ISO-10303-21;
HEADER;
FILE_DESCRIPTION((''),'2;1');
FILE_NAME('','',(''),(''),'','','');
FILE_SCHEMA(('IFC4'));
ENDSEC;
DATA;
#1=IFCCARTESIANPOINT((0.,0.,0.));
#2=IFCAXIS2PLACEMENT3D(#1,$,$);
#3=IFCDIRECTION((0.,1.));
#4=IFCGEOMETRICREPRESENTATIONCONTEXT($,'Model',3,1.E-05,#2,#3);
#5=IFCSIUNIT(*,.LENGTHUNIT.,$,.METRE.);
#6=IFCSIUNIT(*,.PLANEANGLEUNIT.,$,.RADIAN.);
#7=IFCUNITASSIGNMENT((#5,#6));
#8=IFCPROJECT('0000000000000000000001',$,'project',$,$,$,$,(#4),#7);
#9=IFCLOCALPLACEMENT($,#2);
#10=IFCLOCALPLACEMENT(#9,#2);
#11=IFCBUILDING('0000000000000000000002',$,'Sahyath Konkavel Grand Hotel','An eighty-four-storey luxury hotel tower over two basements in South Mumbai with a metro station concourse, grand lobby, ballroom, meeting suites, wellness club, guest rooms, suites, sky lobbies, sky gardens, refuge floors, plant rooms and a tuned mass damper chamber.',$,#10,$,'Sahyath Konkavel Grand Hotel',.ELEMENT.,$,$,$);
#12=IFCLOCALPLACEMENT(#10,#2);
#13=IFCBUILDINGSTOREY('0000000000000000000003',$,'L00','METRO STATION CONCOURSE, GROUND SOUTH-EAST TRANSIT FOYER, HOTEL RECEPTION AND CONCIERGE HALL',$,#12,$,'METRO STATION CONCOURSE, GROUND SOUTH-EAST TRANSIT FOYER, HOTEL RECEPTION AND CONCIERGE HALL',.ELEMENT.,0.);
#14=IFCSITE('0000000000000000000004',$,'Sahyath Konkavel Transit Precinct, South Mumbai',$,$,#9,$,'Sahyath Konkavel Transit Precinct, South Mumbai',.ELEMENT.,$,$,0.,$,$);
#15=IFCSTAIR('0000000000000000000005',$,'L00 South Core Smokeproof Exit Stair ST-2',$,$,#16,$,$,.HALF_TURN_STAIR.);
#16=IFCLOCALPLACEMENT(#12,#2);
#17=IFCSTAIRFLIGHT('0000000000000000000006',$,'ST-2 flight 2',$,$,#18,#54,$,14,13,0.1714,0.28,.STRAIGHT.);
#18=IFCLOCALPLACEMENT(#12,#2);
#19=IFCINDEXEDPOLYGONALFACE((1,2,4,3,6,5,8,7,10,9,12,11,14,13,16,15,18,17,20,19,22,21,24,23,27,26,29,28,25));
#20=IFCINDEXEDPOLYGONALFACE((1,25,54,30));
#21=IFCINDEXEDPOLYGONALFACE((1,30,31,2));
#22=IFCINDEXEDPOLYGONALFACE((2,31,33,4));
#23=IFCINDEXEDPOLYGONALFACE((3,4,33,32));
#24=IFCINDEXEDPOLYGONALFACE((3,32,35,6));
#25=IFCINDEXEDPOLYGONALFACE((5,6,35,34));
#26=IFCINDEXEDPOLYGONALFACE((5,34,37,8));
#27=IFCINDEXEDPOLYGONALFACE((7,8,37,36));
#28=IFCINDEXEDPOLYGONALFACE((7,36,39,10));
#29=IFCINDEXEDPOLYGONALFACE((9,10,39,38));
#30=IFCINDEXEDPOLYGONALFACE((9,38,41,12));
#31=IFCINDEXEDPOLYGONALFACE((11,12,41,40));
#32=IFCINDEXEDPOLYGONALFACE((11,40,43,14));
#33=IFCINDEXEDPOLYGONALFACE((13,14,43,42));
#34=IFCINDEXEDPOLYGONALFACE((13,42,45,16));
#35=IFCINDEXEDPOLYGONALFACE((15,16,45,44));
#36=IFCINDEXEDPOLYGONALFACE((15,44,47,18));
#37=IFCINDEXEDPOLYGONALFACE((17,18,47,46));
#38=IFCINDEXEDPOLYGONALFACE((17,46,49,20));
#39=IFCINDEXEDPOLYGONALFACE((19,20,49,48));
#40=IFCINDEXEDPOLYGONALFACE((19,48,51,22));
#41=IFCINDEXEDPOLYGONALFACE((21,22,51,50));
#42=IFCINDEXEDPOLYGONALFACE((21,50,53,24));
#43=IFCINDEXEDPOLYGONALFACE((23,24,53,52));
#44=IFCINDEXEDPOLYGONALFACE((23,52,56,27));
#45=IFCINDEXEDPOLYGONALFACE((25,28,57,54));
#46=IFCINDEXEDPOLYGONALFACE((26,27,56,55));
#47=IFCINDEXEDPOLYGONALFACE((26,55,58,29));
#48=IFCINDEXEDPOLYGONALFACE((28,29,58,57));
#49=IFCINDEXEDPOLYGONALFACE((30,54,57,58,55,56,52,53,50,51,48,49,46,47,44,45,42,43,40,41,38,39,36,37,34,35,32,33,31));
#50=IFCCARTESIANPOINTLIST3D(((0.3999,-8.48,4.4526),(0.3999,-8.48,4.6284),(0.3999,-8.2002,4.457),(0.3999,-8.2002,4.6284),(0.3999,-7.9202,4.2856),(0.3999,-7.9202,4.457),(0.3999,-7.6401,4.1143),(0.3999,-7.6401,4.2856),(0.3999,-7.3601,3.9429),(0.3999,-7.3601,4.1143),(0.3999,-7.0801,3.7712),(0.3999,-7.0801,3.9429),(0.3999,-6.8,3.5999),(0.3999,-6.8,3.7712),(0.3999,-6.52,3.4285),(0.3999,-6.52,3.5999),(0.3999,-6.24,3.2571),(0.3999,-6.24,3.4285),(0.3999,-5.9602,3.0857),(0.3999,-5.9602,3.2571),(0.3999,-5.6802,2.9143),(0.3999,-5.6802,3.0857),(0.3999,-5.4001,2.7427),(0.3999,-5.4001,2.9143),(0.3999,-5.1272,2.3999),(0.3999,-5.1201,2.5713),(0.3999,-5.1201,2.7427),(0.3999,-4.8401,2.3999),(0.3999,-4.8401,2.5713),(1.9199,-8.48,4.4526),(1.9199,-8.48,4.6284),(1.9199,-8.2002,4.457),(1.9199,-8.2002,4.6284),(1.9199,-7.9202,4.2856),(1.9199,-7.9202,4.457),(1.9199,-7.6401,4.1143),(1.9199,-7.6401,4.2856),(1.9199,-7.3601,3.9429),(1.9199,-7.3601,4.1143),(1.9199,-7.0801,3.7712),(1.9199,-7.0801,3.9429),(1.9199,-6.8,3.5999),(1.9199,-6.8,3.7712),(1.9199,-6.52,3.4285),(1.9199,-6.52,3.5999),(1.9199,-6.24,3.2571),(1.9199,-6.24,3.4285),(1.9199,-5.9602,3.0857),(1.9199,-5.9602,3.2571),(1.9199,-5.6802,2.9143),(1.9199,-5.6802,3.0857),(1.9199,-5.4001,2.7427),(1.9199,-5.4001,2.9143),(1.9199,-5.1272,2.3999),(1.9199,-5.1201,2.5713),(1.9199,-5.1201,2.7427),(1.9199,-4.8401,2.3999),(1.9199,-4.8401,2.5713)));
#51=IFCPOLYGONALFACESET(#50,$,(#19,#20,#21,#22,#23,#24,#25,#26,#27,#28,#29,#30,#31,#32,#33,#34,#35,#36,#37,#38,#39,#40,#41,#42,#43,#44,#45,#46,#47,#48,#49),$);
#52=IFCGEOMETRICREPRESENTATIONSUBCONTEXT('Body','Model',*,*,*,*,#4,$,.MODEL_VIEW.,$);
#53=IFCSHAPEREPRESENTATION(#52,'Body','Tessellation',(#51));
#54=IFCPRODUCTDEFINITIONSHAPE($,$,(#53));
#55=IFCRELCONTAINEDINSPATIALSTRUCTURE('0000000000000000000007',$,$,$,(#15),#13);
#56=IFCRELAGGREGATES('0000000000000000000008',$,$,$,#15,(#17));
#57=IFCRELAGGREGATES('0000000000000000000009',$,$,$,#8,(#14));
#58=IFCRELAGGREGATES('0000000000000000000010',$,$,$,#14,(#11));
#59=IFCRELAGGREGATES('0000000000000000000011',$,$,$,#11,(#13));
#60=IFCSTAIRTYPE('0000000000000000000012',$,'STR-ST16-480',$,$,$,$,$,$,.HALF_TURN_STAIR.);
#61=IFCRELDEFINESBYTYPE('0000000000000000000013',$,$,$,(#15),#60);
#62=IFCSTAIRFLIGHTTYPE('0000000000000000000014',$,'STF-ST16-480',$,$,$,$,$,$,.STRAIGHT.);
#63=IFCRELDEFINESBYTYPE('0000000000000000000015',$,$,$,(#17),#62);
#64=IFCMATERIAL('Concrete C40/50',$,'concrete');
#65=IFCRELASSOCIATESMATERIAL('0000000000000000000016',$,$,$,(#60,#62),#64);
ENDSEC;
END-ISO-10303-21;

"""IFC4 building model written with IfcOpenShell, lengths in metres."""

from ifc_helpers import new_model, si_unit, direction, frame, origin, place, context, subcontext, project, spatial, polyline, outline, extrude, material, type_object, element, aggregate, save


model = new_model("IFC4")

# Units and contexts
model_context = context("Model", 3, precision=1e-05, world=origin(), true_north=direction((0.0, 1.0)))
body_context = subcontext(model_context, "Body", "Model", "MODEL_VIEW")
ifc_project = project(units=[si_unit("LENGTHUNIT", "METRE"), si_unit("PLANEANGLEUNIT", "RADIAN")], contexts=[model_context])

# Site, building, storey
site_placement = place(None, origin())
site = spatial("IfcSite", under=ifc_project, at=site_placement, Name="Sahyath Konkavel Transit Precinct, South Mumbai", LongName="Sahyath Konkavel Transit Precinct, South Mumbai", CompositionType="ELEMENT", RefElevation=0.0)
building_placement = place(site_placement, origin())
building = spatial("IfcBuilding", under=site, at=building_placement, Name="Sahyath Konkavel Grand Hotel", Description="An eighty-four-storey luxury hotel tower over two basements in South Mumbai with a metro station concourse, grand lobby, ballroom, meeting suites, wellness club, guest rooms, suites, sky lobbies, sky gardens, refuge floors, plant rooms and a tuned mass damper chamber.", LongName="Sahyath Konkavel Grand Hotel", CompositionType="ELEMENT")
storey_placement = place(building_placement, origin())
storey = spatial("IfcBuildingStorey", under=building, at=storey_placement, Name="L00", Description="METRO STATION CONCOURSE, GROUND SOUTH-EAST TRANSIT FOYER, HOTEL RECEPTION AND CONCIERGE HALL", LongName="METRO STATION CONCOURSE, GROUND SOUTH-EAST TRANSIT FOYER, HOTEL RECEPTION AND CONCIERGE HALL", CompositionType="ELEMENT", Elevation=0.0)

# Shared definitions
ifc_material_1 = material(Name="Concrete C40/50", Category="concrete")

# Stair, stair flight
stair_type = type_object("IfcStairType", Name="STR-ST16-480", PredefinedType="HALF_TURN_STAIR", material=ifc_material_1)
stair_placement = place(storey_placement, origin())
stair = element("IfcStair", 1, at=stair_placement, inside=storey, type_object=stair_type, Name="L00 South Core Smokeproof Exit Stair ST-2", PredefinedType="HALF_TURN_STAIR")
stair_flight_type = type_object("IfcStairFlightType", Name="STF-ST16-480", PredefinedType="STRAIGHT", material=ifc_material_1)
stair_flight_1_placement = place(storey_placement, frame((1.1599, -4.8401, 2.3999), z_axis=(0.0, 0.0, 1.0), x_axis=(0.0, -1.0, 0.0)))
stair_flight_1 = element("IfcStairFlight", 2, at=stair_flight_1_placement, type_object=stair_flight_type, Name="ST-2 flight 2", NumberOfRisers=14, NumberOfTreads=13, PredefinedType="STRAIGHT", RiserHeight=0.1714, TreadLength=0.28, context=body_context, shape_type="SweptSolid", body=[
    extrude(outline(polyline([(0.0, 0.0), (0.0, 0.1714), (0.28, 0.1714), (0.28, 0.3428), (0.5601, 0.3428), (0.5601, 0.5144), (0.8401, 0.5144), (0.8401, 0.6858), (1.1201, 0.6858), (1.1201, 0.8572), (1.3999, 0.8572), (1.3999, 1.0286), (1.6799, 1.0286), (1.6799, 1.2), (1.96, 1.2), (1.96, 1.3713), (2.24, 1.3713), (2.24, 1.543), (2.52, 1.543), (2.52, 1.7144), (2.8, 1.7144), (2.8, 1.8857), (3.0801, 1.8857), (3.0801, 2.0571), (3.3601, 2.0571), (3.3601, 2.2285), (3.6399, 2.2285), (3.6399, 2.3999), (3.6399, 2.0527), (0.2871, 0.0), (0.0, 0.0)])), frame((0.0, 0.76, 0.0), z_axis=(0.0, -1.0, 0.0), x_axis=(1.0, 0.0, 0.0)), (0.0, 0.0, 1.0), 1.52),
])
aggregate(stair, [stair_flight_1])

save(model, "model.ifc")
